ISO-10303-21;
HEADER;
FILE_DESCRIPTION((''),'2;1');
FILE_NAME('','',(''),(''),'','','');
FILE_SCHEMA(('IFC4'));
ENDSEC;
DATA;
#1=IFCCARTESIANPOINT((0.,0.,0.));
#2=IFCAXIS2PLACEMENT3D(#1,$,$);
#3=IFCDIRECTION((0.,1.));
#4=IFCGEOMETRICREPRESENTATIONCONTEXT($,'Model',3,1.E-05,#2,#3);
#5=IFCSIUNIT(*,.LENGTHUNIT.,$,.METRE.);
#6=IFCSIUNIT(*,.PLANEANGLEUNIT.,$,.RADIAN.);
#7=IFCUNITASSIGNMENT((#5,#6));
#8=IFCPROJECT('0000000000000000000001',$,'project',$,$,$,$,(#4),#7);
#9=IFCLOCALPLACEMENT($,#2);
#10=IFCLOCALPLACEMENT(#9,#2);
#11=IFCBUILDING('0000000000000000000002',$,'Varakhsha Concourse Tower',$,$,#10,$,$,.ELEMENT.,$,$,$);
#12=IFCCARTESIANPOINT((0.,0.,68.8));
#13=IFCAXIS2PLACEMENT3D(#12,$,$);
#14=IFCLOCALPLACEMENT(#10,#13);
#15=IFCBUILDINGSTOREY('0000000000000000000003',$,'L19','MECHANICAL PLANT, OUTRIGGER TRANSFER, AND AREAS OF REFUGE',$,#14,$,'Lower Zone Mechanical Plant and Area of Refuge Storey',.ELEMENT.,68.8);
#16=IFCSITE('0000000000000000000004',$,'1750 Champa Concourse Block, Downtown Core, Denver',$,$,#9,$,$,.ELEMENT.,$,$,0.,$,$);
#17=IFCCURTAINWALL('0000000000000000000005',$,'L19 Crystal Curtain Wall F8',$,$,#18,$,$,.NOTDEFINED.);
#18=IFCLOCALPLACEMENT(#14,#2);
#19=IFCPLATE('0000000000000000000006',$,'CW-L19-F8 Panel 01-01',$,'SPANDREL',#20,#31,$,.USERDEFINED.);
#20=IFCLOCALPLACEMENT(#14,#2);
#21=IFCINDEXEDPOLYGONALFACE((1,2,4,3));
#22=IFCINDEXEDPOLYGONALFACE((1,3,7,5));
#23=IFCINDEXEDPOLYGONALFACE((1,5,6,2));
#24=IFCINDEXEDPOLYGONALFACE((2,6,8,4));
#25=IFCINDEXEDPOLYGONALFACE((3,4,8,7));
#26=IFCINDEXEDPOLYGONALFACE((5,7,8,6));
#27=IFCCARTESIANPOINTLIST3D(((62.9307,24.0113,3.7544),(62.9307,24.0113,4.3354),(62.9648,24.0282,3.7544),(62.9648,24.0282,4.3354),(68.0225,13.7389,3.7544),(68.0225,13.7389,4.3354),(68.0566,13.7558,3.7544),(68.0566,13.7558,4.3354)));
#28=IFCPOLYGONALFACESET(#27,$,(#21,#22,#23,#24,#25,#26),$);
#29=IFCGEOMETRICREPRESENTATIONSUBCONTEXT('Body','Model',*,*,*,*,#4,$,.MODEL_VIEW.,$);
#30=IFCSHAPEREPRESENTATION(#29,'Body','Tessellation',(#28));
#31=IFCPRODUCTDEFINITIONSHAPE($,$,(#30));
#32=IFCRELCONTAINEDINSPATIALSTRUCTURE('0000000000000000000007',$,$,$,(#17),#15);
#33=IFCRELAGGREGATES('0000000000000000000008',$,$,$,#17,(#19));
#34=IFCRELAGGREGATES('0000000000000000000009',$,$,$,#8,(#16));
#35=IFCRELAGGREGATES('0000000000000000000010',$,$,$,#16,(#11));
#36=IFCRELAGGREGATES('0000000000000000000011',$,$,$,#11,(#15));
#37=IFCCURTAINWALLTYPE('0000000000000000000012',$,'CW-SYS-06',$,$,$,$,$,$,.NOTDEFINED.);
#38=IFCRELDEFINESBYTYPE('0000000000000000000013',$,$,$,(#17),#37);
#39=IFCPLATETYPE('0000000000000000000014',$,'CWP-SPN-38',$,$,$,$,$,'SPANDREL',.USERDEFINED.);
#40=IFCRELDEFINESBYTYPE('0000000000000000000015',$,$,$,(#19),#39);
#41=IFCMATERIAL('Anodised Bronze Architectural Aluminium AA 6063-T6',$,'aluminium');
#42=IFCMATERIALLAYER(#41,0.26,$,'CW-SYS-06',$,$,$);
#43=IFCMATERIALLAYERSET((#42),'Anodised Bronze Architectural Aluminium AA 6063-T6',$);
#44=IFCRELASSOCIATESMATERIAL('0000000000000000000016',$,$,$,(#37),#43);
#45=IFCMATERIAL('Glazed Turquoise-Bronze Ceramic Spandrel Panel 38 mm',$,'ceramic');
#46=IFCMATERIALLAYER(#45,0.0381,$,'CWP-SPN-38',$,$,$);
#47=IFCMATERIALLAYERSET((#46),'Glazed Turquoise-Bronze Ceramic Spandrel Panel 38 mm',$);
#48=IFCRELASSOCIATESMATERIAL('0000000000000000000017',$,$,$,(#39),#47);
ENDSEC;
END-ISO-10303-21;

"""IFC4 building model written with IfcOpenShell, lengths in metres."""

from ifc_helpers import new_model, si_unit, direction, frame, origin, origin_2d, place, context, subcontext, project, spatial, rectangle, extrude, source, transform, mapped, material, layer, layer_set, type_object, type_shapes, element, aggregate, save


model = new_model("IFC4")

# Units and contexts
model_context = context("Model", 3, precision=1e-05, world=origin(), true_north=direction((0.0, 1.0)))
body_context = subcontext(model_context, "Body", "Model", "MODEL_VIEW")
ifc_project = project(units=[si_unit("LENGTHUNIT", "METRE"), si_unit("PLANEANGLEUNIT", "RADIAN")], contexts=[model_context])

# Site, building, storey
site_placement = place(None, origin())
site = spatial("IfcSite", under=ifc_project, at=site_placement, Name="1750 Champa Concourse Block, Downtown Core, Denver", CompositionType="ELEMENT", RefElevation=0.0)
building_placement = place(site_placement, origin())
building = spatial("IfcBuilding", under=site, at=building_placement, Name="Varakhsha Concourse Tower", CompositionType="ELEMENT")
storey_placement = place(building_placement, frame((0.0, 0.0, 68.8)))
storey = spatial("IfcBuildingStorey", under=building, at=storey_placement, Name="L19", Description="MECHANICAL PLANT, OUTRIGGER TRANSFER, AND AREAS OF REFUGE", LongName="Lower Zone Mechanical Plant and Area of Refuge Storey", CompositionType="ELEMENT", Elevation=68.8)

# Shared definitions
ifc_material_1 = material(Name="Anodised Bronze Architectural Aluminium AA 6063-T6", Category="aluminium")
ifc_layer_1 = layer(ifc_material_1, 0.26, Name="CW-SYS-06")
ifc_layer_set_1 = layer_set([ifc_layer_1], Name="Anodised Bronze Architectural Aluminium AA 6063-T6")
curtain_wall_type = type_object("IfcCurtainWallType", Name="CW-SYS-06", PredefinedType="NOTDEFINED", material=ifc_layer_set_1)

# Curtain wall
curtain_wall_1_placement = place(storey_placement, origin())
curtain_wall_1 = element("IfcCurtainWall", 1, at=curtain_wall_1_placement, inside=storey, type_object=curtain_wall_type, Name="L19 Crystal Curtain Wall F8", PredefinedType="NOTDEFINED")

# Plate
ifc_material_2 = material(Name="Glazed Turquoise-Bronze Ceramic Spandrel Panel 38 mm", Category="ceramic")
ifc_layer_2 = layer(ifc_material_2, 0.0381, Name="CWP-SPN-38")
ifc_layer_set_2 = layer_set([ifc_layer_2], Name="Glazed Turquoise-Bronze Ceramic Spandrel Panel 38 mm")
plate_type_1 = type_object("IfcPlateType", Name="CWP-SPN-38", ElementType="SPANDREL", PredefinedType="USERDEFINED", material=ifc_layer_set_2)
shared_shape_1 = source(origin(), body_context, "Body", "SweptSolid", [
    extrude(rectangle(XDim=11.4651, YDim=0.0381, at=origin_2d()), origin(), (0.0, 0.0, 1.0), 0.5811),
])
type_shapes(plate_type_1, [shared_shape_1])
plate_1_placement = place(storey_placement, frame((65.4937, 18.8835, 3.7544), z_axis=(0.0, 0.0, 1.0), x_axis=(0.444108, -0.895973, 0.0)))
plate_1 = element("IfcPlate", 2, at=plate_1_placement, type_object=plate_type_1, Name="CW-L19-F8 Panel 01-01", ObjectType="SPANDREL", PredefinedType="USERDEFINED", context=body_context, shape_type="MappedRepresentation", body=[
    mapped(shared_shape_1, transform((0.0, 0.0, 0.0), scale=1.0)),
])
aggregate(curtain_wall_1, [plate_1])

save(model, "model.ifc")
